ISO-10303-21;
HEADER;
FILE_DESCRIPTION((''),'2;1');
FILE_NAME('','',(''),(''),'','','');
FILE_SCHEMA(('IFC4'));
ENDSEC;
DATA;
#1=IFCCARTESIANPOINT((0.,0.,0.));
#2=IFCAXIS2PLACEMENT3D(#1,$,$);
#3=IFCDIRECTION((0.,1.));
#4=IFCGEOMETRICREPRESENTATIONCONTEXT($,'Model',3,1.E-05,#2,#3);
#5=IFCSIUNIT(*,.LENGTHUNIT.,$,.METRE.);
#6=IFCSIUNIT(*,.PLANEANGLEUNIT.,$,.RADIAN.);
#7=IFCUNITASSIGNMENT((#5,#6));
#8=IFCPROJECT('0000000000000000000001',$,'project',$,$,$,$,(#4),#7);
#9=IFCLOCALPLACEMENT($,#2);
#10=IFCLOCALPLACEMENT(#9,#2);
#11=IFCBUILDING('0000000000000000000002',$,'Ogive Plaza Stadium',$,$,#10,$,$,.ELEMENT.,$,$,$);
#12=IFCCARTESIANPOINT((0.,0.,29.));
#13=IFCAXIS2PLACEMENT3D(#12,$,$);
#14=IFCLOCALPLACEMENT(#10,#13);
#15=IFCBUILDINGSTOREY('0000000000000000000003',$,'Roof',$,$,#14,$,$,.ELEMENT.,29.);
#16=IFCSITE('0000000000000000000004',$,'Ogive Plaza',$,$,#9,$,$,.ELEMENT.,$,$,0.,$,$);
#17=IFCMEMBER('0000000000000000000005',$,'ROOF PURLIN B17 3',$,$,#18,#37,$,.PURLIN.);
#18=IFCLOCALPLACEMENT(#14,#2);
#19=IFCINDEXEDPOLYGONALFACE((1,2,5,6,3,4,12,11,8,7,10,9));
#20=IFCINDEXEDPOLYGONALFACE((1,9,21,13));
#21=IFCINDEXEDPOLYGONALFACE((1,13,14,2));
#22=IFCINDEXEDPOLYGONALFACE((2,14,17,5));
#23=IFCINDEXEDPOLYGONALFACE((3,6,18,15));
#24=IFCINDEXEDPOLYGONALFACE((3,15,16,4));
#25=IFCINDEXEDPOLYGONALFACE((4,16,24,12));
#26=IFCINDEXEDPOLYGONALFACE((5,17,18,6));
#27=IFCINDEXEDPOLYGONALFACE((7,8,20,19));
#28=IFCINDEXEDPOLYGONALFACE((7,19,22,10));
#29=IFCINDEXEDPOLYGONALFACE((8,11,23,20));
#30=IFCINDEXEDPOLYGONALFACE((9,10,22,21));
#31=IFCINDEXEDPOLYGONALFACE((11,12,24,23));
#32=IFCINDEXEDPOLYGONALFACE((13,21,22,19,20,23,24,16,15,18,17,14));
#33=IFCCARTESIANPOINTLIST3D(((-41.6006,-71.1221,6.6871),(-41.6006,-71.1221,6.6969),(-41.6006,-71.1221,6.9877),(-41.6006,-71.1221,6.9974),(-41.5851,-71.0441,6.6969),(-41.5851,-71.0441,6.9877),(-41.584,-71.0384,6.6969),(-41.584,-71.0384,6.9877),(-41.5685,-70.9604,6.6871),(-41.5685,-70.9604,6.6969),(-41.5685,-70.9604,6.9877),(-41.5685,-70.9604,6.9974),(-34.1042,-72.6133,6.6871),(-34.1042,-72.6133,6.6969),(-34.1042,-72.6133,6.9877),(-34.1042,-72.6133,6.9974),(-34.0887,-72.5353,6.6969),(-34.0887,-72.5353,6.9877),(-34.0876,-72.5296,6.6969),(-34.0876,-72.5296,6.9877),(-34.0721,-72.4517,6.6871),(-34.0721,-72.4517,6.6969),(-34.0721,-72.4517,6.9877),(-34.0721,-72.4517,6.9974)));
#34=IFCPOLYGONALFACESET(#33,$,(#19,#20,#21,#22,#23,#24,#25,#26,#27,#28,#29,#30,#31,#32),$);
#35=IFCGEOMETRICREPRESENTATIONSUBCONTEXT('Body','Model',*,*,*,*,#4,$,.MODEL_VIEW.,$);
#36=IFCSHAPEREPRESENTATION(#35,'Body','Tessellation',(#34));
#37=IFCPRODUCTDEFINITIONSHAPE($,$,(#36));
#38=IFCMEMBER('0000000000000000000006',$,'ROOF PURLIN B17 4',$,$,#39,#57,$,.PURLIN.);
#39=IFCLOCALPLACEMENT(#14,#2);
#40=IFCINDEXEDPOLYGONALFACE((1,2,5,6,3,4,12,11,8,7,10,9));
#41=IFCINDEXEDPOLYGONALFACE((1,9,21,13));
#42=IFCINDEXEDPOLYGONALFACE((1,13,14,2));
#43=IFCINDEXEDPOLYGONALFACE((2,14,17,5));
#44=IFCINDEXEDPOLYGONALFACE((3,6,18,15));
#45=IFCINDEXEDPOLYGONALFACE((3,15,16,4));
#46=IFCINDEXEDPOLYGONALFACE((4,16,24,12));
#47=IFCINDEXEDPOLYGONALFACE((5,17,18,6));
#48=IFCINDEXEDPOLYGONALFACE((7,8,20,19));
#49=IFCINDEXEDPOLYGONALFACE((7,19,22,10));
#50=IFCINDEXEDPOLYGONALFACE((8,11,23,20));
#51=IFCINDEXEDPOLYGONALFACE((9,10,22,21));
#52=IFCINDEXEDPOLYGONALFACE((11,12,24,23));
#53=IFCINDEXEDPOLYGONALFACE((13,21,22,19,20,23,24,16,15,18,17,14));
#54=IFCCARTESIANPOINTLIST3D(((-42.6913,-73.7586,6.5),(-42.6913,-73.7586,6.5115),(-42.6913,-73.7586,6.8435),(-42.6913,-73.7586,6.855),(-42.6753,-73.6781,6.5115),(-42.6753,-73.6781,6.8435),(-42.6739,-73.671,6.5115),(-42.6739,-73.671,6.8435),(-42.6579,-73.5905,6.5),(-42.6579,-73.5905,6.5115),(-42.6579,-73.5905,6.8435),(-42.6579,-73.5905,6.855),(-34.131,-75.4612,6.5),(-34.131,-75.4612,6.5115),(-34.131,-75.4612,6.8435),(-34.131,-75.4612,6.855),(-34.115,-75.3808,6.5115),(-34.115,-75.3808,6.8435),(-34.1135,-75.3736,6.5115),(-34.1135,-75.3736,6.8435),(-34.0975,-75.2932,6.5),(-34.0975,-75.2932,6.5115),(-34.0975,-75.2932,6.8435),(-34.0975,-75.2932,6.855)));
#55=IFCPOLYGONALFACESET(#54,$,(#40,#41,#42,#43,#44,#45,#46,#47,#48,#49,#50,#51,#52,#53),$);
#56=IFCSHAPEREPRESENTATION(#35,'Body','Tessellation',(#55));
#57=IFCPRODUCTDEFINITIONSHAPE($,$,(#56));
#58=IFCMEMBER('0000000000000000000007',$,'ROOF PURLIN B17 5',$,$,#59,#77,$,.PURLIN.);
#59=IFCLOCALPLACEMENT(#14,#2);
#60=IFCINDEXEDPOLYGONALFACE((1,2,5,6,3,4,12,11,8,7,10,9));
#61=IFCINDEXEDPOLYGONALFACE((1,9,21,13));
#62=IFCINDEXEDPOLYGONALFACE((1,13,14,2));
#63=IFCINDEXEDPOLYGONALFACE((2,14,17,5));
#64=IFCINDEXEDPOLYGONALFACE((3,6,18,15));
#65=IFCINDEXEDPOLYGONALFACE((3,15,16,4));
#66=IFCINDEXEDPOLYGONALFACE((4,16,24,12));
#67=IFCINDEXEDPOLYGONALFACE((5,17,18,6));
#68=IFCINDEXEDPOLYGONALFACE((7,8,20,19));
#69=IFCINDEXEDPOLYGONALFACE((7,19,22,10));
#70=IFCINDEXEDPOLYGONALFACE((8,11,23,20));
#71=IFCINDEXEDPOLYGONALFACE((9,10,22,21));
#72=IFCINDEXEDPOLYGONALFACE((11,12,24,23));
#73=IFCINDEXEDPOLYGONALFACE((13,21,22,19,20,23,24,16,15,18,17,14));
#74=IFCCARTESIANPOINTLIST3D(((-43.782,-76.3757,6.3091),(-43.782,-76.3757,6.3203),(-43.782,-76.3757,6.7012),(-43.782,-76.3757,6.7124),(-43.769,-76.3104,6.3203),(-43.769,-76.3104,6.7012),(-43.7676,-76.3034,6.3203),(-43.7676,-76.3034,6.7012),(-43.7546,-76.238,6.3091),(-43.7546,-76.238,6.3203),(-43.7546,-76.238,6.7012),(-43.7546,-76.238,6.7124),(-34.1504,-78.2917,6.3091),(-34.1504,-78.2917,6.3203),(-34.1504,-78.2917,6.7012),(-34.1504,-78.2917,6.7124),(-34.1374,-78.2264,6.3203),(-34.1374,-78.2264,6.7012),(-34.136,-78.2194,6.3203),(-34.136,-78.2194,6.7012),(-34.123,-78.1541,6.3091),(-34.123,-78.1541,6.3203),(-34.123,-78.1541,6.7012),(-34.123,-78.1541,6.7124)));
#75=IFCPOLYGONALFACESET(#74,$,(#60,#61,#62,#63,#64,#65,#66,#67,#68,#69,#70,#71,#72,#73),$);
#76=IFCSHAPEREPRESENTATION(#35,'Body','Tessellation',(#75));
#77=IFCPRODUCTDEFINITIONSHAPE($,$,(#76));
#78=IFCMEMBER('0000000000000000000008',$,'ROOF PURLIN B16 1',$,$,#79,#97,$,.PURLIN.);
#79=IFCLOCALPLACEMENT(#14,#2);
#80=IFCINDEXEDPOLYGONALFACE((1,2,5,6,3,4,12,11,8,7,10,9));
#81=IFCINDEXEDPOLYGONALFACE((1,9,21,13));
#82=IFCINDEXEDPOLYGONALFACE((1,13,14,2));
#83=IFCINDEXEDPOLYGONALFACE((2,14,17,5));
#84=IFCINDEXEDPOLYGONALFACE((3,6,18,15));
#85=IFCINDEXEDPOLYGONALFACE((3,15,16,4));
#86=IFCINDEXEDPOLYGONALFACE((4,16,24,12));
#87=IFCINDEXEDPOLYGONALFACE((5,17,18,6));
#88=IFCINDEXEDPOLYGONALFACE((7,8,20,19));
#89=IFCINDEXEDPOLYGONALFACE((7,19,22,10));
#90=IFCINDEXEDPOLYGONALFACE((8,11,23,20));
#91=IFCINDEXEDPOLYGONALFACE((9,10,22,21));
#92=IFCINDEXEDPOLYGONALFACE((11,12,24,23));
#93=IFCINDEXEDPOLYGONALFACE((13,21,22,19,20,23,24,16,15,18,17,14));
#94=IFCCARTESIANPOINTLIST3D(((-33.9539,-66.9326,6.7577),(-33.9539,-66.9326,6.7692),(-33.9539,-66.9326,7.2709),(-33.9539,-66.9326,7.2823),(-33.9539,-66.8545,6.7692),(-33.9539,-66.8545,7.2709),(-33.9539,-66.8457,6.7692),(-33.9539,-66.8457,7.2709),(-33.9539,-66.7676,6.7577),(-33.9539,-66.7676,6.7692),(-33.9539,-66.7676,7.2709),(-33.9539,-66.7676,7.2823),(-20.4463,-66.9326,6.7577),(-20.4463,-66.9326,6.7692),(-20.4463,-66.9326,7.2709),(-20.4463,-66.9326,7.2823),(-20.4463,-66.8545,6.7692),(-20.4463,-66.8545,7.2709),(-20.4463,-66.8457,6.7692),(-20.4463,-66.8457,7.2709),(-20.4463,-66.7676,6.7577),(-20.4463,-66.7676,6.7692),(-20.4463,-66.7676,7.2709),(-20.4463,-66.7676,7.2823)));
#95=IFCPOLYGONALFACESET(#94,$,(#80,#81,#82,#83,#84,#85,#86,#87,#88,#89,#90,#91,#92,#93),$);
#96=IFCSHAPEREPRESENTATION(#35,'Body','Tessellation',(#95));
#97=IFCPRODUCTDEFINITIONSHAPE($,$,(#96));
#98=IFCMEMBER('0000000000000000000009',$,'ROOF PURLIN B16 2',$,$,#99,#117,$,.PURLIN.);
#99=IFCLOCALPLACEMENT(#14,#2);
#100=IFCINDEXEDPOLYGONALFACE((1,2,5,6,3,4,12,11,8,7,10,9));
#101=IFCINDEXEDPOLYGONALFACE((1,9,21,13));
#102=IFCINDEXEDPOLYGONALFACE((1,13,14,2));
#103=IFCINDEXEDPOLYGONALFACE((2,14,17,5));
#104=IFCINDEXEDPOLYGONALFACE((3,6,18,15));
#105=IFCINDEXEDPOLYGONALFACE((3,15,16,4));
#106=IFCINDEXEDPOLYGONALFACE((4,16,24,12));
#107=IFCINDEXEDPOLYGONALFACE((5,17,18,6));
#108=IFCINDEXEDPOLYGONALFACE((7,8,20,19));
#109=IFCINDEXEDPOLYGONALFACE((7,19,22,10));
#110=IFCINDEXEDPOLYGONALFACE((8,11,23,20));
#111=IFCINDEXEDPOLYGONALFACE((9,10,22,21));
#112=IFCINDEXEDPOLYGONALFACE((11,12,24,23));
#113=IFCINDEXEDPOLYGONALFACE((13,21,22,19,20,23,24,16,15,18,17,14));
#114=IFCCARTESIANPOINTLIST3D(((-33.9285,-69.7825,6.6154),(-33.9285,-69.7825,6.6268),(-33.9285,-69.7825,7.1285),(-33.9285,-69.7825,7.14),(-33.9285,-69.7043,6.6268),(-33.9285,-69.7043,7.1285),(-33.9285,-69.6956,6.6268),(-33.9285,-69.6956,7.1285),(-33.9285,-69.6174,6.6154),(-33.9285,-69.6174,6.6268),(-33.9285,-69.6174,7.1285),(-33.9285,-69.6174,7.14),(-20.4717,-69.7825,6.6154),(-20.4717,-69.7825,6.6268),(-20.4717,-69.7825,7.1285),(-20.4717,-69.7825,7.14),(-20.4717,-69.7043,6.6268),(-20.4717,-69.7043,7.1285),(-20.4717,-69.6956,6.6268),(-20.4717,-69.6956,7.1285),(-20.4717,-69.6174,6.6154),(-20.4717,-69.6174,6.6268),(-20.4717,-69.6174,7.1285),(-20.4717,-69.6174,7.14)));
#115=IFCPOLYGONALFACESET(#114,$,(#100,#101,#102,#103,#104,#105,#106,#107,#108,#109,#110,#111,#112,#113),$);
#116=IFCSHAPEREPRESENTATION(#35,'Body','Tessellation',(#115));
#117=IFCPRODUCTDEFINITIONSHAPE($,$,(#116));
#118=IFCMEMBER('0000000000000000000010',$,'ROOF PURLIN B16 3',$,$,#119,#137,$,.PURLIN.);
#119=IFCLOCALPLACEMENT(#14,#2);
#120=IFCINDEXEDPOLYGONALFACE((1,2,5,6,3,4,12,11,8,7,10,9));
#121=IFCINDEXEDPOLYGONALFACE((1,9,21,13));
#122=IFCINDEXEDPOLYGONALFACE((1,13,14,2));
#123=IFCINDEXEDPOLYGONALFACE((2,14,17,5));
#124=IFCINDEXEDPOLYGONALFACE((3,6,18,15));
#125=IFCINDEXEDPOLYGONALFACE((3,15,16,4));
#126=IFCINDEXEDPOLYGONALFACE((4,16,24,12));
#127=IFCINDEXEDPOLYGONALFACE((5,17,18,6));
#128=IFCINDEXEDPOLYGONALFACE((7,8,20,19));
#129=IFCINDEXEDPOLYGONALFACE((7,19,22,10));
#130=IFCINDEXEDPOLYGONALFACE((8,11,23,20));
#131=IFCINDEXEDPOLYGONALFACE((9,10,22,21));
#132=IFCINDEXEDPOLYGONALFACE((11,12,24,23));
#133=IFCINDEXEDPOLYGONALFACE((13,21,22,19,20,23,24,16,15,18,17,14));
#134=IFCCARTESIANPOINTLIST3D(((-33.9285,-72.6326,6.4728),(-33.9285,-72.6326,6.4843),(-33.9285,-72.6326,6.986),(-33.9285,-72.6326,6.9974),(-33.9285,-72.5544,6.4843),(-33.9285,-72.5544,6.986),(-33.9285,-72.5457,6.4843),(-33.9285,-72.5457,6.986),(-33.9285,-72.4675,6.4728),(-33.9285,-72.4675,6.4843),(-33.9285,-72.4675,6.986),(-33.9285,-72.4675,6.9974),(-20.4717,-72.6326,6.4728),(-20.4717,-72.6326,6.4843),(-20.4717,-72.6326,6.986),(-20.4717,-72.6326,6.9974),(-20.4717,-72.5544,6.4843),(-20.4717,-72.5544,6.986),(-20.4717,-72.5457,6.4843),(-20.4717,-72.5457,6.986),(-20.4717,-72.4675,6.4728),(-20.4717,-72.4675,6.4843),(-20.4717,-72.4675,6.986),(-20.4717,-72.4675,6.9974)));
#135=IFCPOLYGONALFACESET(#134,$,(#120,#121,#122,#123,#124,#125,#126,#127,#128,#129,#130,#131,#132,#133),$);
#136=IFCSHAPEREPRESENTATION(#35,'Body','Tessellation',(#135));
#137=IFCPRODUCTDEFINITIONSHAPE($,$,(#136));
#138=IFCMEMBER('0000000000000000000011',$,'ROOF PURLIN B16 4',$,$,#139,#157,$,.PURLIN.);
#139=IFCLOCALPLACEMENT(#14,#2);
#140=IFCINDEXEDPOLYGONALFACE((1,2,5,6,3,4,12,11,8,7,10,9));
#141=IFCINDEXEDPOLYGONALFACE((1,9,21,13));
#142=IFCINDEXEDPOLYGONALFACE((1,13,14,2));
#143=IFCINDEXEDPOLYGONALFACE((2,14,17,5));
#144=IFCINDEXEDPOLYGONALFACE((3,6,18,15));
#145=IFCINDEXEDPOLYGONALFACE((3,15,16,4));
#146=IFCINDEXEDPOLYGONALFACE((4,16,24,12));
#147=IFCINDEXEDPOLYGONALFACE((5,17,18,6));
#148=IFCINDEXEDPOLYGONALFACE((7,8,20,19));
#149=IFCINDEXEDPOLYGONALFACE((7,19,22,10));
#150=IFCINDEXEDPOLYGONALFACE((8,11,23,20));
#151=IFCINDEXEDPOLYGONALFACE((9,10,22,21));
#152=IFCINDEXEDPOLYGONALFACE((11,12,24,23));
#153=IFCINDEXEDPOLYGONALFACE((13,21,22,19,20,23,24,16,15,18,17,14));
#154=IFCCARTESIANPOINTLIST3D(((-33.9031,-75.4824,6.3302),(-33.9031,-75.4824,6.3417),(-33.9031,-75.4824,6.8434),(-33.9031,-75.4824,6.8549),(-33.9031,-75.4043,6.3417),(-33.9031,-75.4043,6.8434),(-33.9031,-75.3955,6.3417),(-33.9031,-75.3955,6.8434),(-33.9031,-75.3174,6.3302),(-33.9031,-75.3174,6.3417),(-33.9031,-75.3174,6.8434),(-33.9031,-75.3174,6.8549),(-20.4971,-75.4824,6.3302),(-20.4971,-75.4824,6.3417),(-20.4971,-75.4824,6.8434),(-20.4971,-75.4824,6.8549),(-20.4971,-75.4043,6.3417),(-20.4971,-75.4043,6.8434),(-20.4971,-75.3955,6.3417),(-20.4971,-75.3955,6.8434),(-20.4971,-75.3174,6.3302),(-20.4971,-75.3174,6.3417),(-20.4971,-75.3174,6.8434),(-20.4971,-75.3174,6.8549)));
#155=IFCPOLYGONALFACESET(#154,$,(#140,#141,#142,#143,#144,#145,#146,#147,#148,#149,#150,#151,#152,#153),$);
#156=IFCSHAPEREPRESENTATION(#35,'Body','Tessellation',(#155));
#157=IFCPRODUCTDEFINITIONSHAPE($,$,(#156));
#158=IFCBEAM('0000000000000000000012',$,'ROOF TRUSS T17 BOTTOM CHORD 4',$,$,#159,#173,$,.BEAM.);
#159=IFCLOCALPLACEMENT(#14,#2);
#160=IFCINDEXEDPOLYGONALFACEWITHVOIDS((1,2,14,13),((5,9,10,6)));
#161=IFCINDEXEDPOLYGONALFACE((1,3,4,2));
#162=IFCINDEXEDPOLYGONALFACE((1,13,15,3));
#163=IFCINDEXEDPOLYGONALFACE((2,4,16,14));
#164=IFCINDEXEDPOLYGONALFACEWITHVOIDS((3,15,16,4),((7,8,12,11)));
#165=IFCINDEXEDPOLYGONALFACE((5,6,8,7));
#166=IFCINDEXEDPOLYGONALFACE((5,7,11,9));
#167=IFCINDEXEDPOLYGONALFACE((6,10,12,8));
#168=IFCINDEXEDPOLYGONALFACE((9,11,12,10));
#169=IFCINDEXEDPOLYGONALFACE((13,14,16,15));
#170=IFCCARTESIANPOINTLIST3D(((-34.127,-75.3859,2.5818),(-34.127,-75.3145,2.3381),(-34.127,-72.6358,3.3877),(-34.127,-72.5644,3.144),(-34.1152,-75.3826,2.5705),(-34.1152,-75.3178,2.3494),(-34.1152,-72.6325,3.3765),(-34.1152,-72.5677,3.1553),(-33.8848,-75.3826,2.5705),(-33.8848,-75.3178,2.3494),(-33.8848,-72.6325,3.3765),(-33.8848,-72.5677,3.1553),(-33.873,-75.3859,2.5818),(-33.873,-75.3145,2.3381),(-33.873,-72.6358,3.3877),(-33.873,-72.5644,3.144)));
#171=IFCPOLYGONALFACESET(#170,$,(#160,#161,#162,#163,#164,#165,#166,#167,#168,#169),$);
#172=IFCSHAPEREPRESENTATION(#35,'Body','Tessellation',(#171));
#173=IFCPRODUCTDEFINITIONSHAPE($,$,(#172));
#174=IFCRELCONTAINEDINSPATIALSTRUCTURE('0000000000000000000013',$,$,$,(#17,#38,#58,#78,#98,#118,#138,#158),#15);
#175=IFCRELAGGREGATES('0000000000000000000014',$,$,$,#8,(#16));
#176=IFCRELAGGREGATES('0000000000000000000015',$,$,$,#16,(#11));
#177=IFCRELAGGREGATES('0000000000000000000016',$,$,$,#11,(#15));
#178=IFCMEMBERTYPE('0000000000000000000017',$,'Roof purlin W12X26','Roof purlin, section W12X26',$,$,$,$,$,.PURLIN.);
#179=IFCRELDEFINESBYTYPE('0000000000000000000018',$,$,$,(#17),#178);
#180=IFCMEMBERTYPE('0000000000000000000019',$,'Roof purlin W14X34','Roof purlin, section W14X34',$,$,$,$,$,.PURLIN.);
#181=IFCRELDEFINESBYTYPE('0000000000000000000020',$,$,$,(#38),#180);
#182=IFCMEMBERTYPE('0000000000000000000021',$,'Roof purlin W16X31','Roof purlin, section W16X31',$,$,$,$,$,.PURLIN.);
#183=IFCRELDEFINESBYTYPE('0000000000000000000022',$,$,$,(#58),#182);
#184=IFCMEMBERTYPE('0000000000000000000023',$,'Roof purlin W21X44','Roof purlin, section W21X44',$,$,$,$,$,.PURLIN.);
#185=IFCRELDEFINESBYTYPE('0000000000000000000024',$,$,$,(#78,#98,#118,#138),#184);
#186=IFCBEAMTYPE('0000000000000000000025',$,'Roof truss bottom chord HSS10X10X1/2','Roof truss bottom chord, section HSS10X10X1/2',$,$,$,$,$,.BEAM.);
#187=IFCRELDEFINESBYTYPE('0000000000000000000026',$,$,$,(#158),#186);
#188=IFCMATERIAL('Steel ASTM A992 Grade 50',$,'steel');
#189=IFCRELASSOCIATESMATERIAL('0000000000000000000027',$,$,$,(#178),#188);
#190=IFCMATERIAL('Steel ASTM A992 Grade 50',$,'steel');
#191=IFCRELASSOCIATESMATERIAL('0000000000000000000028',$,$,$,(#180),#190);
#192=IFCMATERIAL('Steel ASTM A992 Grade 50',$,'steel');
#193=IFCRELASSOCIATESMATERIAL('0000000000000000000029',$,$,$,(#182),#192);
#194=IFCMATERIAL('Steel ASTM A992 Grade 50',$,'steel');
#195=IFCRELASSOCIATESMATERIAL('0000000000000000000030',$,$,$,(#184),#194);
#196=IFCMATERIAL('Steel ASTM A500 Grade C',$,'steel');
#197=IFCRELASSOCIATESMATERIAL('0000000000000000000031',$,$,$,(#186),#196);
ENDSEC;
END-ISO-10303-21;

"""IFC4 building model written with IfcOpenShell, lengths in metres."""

from ifc_helpers import new_model, si_unit, direction, frame, origin, origin_2d, place, context, subcontext, project, spatial, hollow_rectangle, i_section, extrude, material, material_profile, profile_set, type_object, element, save


model = new_model("IFC4")

# Units and contexts
model_context = context("Model", 3, precision=1e-05, world=origin(), true_north=direction((0.0, 1.0)))
body_context = subcontext(model_context, "Body", "Model", "MODEL_VIEW")
ifc_project = project(units=[si_unit("LENGTHUNIT", "METRE"), si_unit("PLANEANGLEUNIT", "RADIAN")], contexts=[model_context])

# Site, building, storey
site_placement = place(None, origin())
site = spatial("IfcSite", under=ifc_project, at=site_placement, Name="Ogive Plaza", CompositionType="ELEMENT", RefElevation=0.0)
building_placement = place(site_placement, origin())
building = spatial("IfcBuilding", under=site, at=building_placement, Name="Ogive Plaza Stadium", CompositionType="ELEMENT")
storey_placement = place(building_placement, frame((0.0, 0.0, 29.0)))
storey = spatial("IfcBuildingStorey", under=building, at=storey_placement, Name="Roof", CompositionType="ELEMENT", Elevation=29.0)

# Members
ifc_material_1 = material(Name="Steel ASTM A992 Grade 50", Category="steel")
ifc_material_profile_1 = material_profile(ifc_material_1, i_section(OverallWidth=0.1648, OverallDepth=0.3103, WebThickness=0.0059, FlangeThickness=0.0098, at=origin_2d()), Name="W12X26")
ifc_profile_set_1 = profile_set([ifc_material_profile_1], Name="Steel ASTM A992 Grade 50")
member_type_1 = type_object("IfcMemberType", Name="Roof purlin W12X26", Description="Roof purlin, section W12X26", PredefinedType="PURLIN", material=ifc_profile_set_1)
member_1_placement = place(storey_placement, frame((-34.0881, -72.5325, 6.8423), z_axis=(-0.980783, 0.195102, 0.0), x_axis=(-0.195102, -0.980783, 0.0)))
element("IfcMember", 1, at=member_1_placement, inside=storey, type_object=member_type_1, Name="ROOF PURLIN B17 3", PredefinedType="PURLIN", context=body_context, shape_type="SweptSolid", body=[
    extrude(i_section(OverallWidth=0.1648, OverallDepth=0.3103, WebThickness=0.0059, FlangeThickness=0.0098, at=origin_2d()), origin(), (0.0, 0.0, 1.0), 7.6433),
])
ifc_material_2 = material(Name="Steel ASTM A992 Grade 50", Category="steel")
ifc_material_profile_2 = material_profile(ifc_material_2, i_section(OverallWidth=0.1714, OverallDepth=0.355, WebThickness=0.0073, FlangeThickness=0.0115, at=origin_2d()), Name="W14X34")
ifc_profile_set_2 = profile_set([ifc_material_profile_2], Name="Steel ASTM A992 Grade 50")
member_type_2 = type_object("IfcMemberType", Name="Roof purlin W14X34", Description="Roof purlin, section W14X34", PredefinedType="PURLIN", material=ifc_profile_set_2)
member_2_placement = place(storey_placement, frame((-34.1143, -75.3772, 6.6775), z_axis=(-0.980788, 0.195078, 0.0), x_axis=(-0.195078, -0.980788, 0.0)))
element("IfcMember", 2, at=member_2_placement, inside=storey, type_object=member_type_2, Name="ROOF PURLIN B17 4", PredefinedType="PURLIN", context=body_context, shape_type="SweptSolid", body=[
    extrude(i_section(OverallWidth=0.1714, OverallDepth=0.355, WebThickness=0.0073, FlangeThickness=0.0115, at=origin_2d()), origin(), (0.0, 0.0, 1.0), 8.728),
])
ifc_material_3 = material(Name="Steel ASTM A992 Grade 50", Category="steel")
ifc_material_profile_3 = material_profile(ifc_material_3, i_section(OverallWidth=0.1404, OverallDepth=0.4033, WebThickness=0.0071, FlangeThickness=0.0112, at=origin_2d()), Name="W16X31")
ifc_profile_set_3 = profile_set([ifc_material_profile_3], Name="Steel ASTM A992 Grade 50")
member_type_3 = type_object("IfcMemberType", Name="Roof purlin W16X31", Description="Roof purlin, section W16X31", PredefinedType="PURLIN", material=ifc_profile_set_3)
member_3_placement = place(storey_placement, frame((-34.1367, -78.2229, 6.5107), z_axis=(-0.980782, 0.195107, 0.0), x_axis=(-0.195107, -0.980782, 0.0)))
element("IfcMember", 3, at=member_3_placement, inside=storey, type_object=member_type_3, Name="ROOF PURLIN B17 5", PredefinedType="PURLIN", context=body_context, shape_type="SweptSolid", body=[
    extrude(i_section(OverallWidth=0.1404, OverallDepth=0.4033, WebThickness=0.0071, FlangeThickness=0.0112, at=origin_2d()), origin(), (0.0, 0.0, 1.0), 9.8203),
])
ifc_material_4 = material(Name="Steel ASTM A992 Grade 50", Category="steel")
ifc_material_profile_4 = material_profile(ifc_material_4, i_section(OverallWidth=0.165, OverallDepth=0.5247, WebThickness=0.0088, FlangeThickness=0.0115, at=origin_2d()), Name="W21X44")
ifc_profile_set_4 = profile_set([ifc_material_profile_4], Name="Steel ASTM A992 Grade 50")
member_type_4 = type_object("IfcMemberType", Name="Roof purlin W21X44", Description="Roof purlin, section W21X44", PredefinedType="PURLIN", material=ifc_profile_set_4)
member_4_placement = place(storey_placement, frame((-20.4463, -66.8501, 7.02), z_axis=(-1.0, 0.0, 0.0), x_axis=(0.0, -1.0, 0.0)))
element("IfcMember", 4, at=member_4_placement, inside=storey, type_object=member_type_4, Name="ROOF PURLIN B16 1", PredefinedType="PURLIN", context=body_context, shape_type="SweptSolid", body=[
    extrude(i_section(OverallWidth=0.165, OverallDepth=0.5247, WebThickness=0.0088, FlangeThickness=0.0115, at=origin_2d()), origin(), (0.0, 0.0, 1.0), 13.5076),
])
for number, where, z_axis, x_axis, name in (
    (5, (-20.4717, -69.7, 6.8777), (-1.0, 0.0, 0.0), (0.0, -1.0, 0.0), "ROOF PURLIN B16 2"),
    (6, (-20.4717, -72.55, 6.7351), (-1.0, 0.0, 0.0), (0.0, -1.0, 0.0), "ROOF PURLIN B16 3"),
):
    element("IfcMember", number, at=place(storey_placement, frame(where, z_axis=z_axis, x_axis=x_axis)), inside=storey, type_object=member_type_4, Name=name, PredefinedType="PURLIN", context=body_context, shape_type="SweptSolid", body=[
        extrude(i_section(OverallWidth=0.165, OverallDepth=0.5247, WebThickness=0.0088, FlangeThickness=0.0115, at=origin_2d()), origin(), (0.0, 0.0, 1.0), 13.4568),
    ])
member_5_placement = place(storey_placement, frame((-20.4971, -75.3999, 6.5925), z_axis=(-1.0, 0.0, 0.0), x_axis=(0.0, -1.0, 0.0)))
element("IfcMember", 7, at=member_5_placement, inside=storey, type_object=member_type_4, Name="ROOF PURLIN B16 4", PredefinedType="PURLIN", context=body_context, shape_type="SweptSolid", body=[
    extrude(i_section(OverallWidth=0.165, OverallDepth=0.5247, WebThickness=0.0088, FlangeThickness=0.0115, at=origin_2d()), origin(), (0.0, 0.0, 1.0), 13.406),
])

# Beam
ifc_material_5 = material(Name="Steel ASTM A500 Grade C", Category="steel")
ifc_material_profile_5 = material_profile(ifc_material_5, hollow_rectangle(XDim=0.2539, YDim=0.2539, WallThickness=0.0117, at=origin_2d()), Name="HSS10X10X1/2")
ifc_profile_set_5 = profile_set([ifc_material_profile_5], Name="Steel ASTM A500 Grade C")
beam_type_1 = type_object("IfcBeamType", Name="Roof truss bottom chord HSS10X10X1/2", Description="Roof truss bottom chord, section HSS10X10X1/2", PredefinedType="BEAM", material=ifc_profile_set_5)
beam_1_placement = place(storey_placement, frame((-34.0, -72.6001, 3.2659), z_axis=(0.0, -0.95964, -0.28123), x_axis=(1.0, 0.0, 0.0)))
element("IfcBeam", 8, at=beam_1_placement, inside=storey, type_object=beam_type_1, Name="ROOF TRUSS T17 BOTTOM CHORD 4", PredefinedType="BEAM", context=body_context, shape_type="SweptSolid", body=[
    extrude(hollow_rectangle(XDim=0.2539, YDim=0.2539, WallThickness=0.0117, at=origin_2d()), origin(), (0.0, 0.0, 1.0), 2.8657),
])

save(model, "model.ifc")
